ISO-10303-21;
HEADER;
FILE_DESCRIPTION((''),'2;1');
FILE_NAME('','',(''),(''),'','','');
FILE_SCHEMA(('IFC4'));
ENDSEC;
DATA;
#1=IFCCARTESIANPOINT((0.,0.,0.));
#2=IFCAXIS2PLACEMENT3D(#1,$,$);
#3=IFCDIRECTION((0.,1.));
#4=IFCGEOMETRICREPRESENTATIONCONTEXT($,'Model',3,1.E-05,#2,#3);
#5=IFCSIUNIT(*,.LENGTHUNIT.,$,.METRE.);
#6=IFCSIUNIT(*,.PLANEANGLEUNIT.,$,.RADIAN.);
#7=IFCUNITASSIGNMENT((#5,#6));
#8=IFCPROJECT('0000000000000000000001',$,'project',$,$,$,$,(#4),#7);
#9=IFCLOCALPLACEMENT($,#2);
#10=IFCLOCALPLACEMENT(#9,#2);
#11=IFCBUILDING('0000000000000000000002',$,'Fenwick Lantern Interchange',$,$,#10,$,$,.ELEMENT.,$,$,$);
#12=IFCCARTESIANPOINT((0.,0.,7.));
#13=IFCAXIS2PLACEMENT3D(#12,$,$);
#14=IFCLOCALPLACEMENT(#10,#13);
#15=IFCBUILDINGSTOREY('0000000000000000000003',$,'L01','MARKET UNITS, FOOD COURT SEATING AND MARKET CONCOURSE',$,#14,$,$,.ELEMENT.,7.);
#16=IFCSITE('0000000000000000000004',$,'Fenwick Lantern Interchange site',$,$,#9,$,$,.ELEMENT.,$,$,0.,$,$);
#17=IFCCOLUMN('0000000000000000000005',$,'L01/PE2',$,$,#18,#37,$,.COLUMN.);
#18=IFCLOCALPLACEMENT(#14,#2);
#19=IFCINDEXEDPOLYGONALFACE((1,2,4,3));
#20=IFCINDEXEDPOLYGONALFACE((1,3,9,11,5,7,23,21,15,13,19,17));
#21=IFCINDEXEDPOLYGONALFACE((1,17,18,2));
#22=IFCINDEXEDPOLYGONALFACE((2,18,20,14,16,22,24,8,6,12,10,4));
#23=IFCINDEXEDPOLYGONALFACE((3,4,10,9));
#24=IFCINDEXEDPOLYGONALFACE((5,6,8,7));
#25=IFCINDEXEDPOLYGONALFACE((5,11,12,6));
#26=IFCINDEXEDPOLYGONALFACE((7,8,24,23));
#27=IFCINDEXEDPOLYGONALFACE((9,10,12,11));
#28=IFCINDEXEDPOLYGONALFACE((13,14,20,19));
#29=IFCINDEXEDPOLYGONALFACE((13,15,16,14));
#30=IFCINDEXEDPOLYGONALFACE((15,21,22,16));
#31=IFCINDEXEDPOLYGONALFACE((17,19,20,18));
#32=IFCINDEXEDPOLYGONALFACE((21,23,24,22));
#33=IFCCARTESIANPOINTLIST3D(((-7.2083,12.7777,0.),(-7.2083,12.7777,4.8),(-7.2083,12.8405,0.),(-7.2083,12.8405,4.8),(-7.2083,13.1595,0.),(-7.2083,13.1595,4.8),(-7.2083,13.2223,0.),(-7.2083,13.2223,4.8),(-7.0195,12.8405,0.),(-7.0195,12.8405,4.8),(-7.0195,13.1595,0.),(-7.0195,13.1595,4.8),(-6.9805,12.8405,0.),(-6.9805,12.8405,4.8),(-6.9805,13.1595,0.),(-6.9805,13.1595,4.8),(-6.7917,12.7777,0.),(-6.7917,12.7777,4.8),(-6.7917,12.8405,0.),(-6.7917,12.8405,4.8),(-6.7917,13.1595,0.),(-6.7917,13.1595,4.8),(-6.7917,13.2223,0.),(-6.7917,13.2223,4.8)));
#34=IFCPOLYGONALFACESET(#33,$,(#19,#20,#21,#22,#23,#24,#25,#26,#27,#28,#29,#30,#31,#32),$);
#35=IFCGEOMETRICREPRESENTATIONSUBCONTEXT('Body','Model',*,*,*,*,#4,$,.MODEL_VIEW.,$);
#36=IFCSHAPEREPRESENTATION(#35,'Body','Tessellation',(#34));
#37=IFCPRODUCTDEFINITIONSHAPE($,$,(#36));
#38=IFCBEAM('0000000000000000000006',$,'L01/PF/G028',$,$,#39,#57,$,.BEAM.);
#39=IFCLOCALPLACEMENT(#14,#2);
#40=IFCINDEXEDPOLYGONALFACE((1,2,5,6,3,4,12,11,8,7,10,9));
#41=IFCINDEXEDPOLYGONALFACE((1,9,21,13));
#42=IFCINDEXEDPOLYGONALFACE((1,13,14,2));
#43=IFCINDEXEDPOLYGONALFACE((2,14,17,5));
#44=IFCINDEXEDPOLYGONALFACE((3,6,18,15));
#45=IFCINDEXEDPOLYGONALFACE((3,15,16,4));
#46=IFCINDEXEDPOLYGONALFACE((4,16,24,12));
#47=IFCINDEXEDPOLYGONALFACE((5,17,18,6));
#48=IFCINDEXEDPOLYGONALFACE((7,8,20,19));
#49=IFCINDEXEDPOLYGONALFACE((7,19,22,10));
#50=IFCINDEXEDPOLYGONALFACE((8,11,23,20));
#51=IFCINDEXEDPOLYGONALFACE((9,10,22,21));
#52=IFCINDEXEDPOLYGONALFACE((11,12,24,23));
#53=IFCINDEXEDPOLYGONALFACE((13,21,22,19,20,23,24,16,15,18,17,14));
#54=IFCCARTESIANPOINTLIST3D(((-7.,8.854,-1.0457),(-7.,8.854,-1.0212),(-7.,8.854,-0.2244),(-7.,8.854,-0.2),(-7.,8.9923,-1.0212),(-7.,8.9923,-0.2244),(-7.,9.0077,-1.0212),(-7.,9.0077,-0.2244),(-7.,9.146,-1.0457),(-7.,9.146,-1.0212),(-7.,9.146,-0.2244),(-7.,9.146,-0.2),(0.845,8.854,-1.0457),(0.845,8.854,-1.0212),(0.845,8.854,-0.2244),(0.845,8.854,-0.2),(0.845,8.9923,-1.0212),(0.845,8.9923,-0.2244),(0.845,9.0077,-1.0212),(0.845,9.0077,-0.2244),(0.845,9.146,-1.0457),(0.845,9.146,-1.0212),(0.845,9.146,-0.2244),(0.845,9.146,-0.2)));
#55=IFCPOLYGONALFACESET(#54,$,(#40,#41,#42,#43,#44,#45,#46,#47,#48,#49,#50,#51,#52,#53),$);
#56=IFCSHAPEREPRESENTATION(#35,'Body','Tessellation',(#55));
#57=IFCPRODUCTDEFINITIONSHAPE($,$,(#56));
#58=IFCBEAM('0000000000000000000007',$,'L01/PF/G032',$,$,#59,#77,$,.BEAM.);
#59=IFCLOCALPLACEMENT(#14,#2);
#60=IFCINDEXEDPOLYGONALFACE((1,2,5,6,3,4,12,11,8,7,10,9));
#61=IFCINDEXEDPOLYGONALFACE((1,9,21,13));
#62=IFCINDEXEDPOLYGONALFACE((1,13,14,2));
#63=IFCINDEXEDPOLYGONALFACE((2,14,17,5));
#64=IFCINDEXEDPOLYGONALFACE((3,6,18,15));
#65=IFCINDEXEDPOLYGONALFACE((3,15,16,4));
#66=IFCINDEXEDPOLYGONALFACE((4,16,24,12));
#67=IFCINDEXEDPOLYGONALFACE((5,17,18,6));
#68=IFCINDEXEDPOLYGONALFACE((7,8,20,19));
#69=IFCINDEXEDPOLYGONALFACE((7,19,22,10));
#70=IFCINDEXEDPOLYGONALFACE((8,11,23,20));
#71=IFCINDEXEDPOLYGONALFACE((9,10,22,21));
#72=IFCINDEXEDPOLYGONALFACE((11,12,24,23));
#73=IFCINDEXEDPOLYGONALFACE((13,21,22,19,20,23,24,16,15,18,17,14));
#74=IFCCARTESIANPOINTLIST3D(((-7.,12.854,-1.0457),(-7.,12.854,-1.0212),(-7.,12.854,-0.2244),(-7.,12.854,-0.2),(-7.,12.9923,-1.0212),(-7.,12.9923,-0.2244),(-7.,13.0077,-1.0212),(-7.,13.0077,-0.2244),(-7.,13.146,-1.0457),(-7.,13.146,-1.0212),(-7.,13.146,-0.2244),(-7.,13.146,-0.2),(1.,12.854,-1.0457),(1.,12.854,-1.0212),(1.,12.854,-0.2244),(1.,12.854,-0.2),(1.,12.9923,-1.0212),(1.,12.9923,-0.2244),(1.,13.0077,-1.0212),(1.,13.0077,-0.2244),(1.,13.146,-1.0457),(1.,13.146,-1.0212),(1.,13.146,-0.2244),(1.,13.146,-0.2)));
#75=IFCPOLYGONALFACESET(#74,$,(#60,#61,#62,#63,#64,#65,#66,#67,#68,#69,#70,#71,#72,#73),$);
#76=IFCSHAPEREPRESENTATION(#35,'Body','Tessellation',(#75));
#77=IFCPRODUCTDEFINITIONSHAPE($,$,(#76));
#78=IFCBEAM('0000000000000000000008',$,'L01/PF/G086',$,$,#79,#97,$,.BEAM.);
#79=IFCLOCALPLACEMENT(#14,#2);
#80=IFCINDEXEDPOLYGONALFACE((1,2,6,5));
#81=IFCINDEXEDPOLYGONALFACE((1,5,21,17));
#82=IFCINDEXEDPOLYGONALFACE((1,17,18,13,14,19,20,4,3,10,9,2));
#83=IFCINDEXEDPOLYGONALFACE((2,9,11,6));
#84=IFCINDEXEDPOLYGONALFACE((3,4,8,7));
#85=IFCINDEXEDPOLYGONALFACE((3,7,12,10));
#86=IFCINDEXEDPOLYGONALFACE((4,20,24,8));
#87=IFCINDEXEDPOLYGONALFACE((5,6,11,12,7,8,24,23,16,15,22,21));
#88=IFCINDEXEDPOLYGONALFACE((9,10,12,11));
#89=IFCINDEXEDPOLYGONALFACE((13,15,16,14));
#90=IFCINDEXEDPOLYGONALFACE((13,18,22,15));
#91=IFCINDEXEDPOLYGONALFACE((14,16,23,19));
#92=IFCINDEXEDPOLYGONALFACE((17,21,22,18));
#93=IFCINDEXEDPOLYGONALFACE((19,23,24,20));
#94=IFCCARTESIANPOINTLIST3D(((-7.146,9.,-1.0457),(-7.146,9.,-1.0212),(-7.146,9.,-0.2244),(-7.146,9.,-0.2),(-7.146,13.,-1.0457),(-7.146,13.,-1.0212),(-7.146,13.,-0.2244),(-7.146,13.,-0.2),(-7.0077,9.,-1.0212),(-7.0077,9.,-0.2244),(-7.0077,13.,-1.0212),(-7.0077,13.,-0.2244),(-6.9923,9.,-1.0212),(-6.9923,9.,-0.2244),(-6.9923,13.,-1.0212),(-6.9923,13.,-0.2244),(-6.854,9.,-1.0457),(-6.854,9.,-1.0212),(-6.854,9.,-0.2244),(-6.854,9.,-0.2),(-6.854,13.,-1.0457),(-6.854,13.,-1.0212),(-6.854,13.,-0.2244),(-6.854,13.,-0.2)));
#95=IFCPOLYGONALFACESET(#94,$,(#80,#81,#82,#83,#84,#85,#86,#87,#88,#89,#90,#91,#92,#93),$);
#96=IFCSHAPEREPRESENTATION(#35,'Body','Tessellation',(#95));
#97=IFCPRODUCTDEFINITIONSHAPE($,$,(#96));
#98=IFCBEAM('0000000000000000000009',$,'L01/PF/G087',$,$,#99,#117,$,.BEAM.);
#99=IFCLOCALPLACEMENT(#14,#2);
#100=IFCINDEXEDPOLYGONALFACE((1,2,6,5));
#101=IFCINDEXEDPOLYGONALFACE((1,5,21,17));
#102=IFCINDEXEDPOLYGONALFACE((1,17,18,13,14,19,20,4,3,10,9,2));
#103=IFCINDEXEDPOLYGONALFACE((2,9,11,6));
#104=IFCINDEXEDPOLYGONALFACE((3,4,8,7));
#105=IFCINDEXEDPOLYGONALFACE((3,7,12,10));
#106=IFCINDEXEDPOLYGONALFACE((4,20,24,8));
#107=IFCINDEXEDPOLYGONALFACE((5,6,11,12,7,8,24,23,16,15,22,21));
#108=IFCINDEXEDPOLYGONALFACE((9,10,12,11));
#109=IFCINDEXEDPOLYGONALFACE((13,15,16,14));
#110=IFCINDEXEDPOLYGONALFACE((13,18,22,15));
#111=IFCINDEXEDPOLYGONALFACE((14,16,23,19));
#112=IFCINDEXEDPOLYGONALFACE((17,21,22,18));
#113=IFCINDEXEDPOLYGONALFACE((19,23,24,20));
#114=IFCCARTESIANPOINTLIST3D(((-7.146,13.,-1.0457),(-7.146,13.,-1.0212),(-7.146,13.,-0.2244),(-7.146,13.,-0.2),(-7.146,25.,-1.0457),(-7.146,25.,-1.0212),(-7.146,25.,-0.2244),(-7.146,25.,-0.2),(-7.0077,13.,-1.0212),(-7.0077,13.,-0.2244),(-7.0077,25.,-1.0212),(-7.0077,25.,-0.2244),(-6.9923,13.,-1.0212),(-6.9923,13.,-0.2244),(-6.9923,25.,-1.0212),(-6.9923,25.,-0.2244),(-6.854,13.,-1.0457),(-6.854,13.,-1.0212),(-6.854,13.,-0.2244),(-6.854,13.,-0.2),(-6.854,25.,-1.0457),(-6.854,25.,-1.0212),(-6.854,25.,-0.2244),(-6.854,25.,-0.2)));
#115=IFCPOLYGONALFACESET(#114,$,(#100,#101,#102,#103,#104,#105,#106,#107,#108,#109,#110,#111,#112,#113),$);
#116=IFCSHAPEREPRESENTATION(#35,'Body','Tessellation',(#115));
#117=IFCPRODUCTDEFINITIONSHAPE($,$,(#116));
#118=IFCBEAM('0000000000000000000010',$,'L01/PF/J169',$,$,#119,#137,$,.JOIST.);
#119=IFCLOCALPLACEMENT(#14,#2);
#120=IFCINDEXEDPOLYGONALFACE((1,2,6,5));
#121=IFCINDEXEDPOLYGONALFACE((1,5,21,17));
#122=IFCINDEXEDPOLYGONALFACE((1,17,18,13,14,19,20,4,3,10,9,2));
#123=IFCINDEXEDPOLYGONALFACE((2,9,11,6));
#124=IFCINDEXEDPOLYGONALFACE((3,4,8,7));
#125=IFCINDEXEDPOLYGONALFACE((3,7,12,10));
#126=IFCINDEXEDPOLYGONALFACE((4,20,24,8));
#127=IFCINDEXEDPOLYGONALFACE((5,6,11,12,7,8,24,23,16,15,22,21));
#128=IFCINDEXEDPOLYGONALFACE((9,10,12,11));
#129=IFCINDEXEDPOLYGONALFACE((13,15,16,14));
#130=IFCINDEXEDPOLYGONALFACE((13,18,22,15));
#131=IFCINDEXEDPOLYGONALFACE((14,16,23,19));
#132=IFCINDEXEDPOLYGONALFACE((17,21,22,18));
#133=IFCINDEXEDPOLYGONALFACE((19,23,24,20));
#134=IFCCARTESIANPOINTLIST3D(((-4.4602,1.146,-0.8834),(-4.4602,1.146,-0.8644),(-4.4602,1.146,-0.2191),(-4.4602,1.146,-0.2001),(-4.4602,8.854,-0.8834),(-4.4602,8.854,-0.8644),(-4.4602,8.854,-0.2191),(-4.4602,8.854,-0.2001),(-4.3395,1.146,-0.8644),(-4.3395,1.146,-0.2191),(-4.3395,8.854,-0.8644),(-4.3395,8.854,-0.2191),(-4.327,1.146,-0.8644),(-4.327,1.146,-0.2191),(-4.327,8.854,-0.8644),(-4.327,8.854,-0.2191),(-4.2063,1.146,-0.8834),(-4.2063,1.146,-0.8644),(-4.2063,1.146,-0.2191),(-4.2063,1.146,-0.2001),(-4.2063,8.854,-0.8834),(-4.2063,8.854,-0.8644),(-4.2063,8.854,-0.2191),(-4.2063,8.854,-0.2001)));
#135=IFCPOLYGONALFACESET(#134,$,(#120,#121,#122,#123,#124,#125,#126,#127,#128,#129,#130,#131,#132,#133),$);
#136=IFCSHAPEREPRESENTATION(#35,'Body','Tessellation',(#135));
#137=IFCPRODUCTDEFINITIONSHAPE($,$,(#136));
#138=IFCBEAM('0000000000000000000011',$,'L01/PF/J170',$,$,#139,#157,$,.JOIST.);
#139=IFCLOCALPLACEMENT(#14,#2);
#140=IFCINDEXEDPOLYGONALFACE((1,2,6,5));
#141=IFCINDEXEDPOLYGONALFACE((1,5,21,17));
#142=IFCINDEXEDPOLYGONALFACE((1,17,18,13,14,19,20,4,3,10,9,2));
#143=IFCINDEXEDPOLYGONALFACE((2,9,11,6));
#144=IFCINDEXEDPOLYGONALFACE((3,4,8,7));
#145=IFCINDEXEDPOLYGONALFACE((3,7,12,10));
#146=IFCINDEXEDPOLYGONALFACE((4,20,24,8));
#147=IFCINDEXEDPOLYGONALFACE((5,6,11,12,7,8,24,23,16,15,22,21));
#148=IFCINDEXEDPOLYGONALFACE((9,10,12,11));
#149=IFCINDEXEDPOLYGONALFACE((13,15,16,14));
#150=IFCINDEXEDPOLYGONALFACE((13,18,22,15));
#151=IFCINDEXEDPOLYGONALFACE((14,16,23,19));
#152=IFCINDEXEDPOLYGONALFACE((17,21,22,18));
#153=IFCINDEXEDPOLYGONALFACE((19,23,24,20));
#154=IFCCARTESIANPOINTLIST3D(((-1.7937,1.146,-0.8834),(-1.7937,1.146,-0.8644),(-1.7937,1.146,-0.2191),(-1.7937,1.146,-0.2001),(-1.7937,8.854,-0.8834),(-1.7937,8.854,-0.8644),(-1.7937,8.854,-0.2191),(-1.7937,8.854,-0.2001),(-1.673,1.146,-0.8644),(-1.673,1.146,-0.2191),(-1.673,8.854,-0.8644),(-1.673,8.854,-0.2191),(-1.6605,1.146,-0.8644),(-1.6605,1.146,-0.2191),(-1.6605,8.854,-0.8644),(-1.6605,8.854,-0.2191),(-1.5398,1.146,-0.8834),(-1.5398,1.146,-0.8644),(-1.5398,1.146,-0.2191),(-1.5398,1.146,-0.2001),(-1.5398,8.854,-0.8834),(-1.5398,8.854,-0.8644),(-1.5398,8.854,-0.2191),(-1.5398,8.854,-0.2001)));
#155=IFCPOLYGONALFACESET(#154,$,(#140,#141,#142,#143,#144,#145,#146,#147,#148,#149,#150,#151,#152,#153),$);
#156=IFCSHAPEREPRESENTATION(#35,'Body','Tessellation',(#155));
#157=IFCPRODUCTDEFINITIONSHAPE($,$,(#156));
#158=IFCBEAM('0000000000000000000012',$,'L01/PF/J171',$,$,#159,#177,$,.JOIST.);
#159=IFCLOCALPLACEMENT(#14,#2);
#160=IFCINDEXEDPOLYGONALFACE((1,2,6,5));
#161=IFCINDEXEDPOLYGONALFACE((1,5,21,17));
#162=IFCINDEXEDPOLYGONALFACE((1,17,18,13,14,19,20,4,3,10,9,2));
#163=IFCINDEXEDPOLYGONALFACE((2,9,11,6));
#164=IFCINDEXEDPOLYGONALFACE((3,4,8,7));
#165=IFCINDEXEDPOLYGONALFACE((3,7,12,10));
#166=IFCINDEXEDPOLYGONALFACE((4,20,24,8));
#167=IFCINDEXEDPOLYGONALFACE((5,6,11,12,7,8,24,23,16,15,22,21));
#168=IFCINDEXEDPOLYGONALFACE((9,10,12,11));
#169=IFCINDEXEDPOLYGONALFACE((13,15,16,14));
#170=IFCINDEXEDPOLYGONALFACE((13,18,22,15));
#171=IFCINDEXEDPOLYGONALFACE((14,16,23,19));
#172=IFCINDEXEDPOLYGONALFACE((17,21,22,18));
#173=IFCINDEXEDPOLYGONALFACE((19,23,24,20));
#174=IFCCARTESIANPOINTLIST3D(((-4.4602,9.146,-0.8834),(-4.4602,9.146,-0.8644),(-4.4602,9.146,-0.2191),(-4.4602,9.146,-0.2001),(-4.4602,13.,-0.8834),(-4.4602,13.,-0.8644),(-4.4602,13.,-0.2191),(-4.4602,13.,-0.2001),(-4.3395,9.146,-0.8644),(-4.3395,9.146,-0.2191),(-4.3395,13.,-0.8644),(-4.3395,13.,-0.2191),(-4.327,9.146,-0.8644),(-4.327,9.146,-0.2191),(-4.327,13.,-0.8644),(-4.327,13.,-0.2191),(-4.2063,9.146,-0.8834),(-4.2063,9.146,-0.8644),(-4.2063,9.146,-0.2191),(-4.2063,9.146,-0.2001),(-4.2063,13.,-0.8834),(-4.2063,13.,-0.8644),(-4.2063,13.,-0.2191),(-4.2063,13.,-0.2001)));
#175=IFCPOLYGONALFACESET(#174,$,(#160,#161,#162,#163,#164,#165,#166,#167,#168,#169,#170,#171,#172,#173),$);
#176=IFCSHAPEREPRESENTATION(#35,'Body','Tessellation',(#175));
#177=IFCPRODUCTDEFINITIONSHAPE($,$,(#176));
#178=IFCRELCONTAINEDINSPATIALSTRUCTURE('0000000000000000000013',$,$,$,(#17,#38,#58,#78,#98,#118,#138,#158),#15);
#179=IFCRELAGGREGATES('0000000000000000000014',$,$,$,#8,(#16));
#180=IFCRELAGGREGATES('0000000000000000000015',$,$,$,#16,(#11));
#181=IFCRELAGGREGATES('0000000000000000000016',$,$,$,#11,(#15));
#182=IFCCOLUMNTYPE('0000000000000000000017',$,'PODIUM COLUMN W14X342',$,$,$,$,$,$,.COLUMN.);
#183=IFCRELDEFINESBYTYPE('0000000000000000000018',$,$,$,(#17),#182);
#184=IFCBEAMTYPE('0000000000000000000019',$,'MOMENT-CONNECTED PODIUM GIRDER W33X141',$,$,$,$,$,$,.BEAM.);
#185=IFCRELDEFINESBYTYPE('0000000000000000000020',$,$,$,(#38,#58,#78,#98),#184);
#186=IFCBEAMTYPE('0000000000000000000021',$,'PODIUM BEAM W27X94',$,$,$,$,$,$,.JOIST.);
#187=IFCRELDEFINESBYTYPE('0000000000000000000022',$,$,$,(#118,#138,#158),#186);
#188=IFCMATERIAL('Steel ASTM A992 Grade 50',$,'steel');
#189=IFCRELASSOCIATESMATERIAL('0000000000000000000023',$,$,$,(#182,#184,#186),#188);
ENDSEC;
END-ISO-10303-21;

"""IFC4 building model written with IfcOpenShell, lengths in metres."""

from ifc_helpers import new_model, si_unit, direction, frame, origin, origin_2d, place, context, subcontext, project, spatial, i_section, extrude, material, material_profile, profile_set, type_object, element, save


model = new_model("IFC4")

# Units and contexts
model_context = context("Model", 3, precision=1e-05, world=origin(), true_north=direction((0.0, 1.0)))
body_context = subcontext(model_context, "Body", "Model", "MODEL_VIEW")
ifc_project = project(units=[si_unit("LENGTHUNIT", "METRE"), si_unit("PLANEANGLEUNIT", "RADIAN")], contexts=[model_context])

# Site, building, storey
site_placement = place(None, origin())
site = spatial("IfcSite", under=ifc_project, at=site_placement, Name="Fenwick Lantern Interchange site", CompositionType="ELEMENT", RefElevation=0.0)
building_placement = place(site_placement, origin())
building = spatial("IfcBuilding", under=site, at=building_placement, Name="Fenwick Lantern Interchange", CompositionType="ELEMENT")
storey_placement = place(building_placement, frame((0.0, 0.0, 7.0)))
storey = spatial("IfcBuildingStorey", under=building, at=storey_placement, Name="L01", Description="MARKET UNITS, FOOD COURT SEATING AND MARKET CONCOURSE", CompositionType="ELEMENT", Elevation=7.0)

# Column
ifc_material_1 = material(Name="Steel ASTM A992 Grade 50", Category="steel")
ifc_material_profile_1 = material_profile(ifc_material_1, i_section(OverallWidth=0.4165, OverallDepth=0.4446, WebThickness=0.0391, FlangeThickness=0.0627, at=origin_2d()), Name="W14X342")
ifc_profile_set_1 = profile_set([ifc_material_profile_1], Name="Steel ASTM A992 Grade 50")
column_type = type_object("IfcColumnType", Name="PODIUM COLUMN W14X342", PredefinedType="COLUMN", material=ifc_profile_set_1)
column_placement = place(storey_placement, frame((-7.0, 13.0, 0.0), z_axis=(0.0, 0.0, 1.0), x_axis=(1.0, 0.0, 0.0)))
element("IfcColumn", 1, at=column_placement, inside=storey, type_object=column_type, Name="L01/PE2", PredefinedType="COLUMN", context=body_context, shape_type="SweptSolid", body=[
    extrude(i_section(OverallWidth=0.4165, OverallDepth=0.4446, WebThickness=0.0391, FlangeThickness=0.0627, at=origin_2d()), origin(), (0.0, 0.0, 1.0), 4.8),
])

# Beams
ifc_material_profile_2 = material_profile(ifc_material_1, i_section(OverallWidth=0.292, OverallDepth=0.8457, WebThickness=0.0154, FlangeThickness=0.0244, at=origin_2d()), Name="W33X141")
ifc_profile_set_2 = profile_set([ifc_material_profile_2], Name="Steel ASTM A992 Grade 50")
beam_type_1 = type_object("IfcBeamType", Name="MOMENT-CONNECTED PODIUM GIRDER W33X141", PredefinedType="BEAM", material=ifc_profile_set_2)
beam_1_placement = place(storey_placement, frame((-7.0, 9.0, -0.6228), z_axis=(1.0, 0.0, 0.0), x_axis=(0.0, 1.0, 0.0)))
element("IfcBeam", 2, at=beam_1_placement, inside=storey, type_object=beam_type_1, Name="L01/PF/G028", PredefinedType="BEAM", context=body_context, shape_type="SweptSolid", body=[
    extrude(i_section(OverallWidth=0.292, OverallDepth=0.8457, WebThickness=0.0154, FlangeThickness=0.0244, at=origin_2d()), origin(), (0.0, 0.0, 1.0), 7.845),
])
beam_2_placement = place(storey_placement, frame((-7.0, 13.0, -0.6228), z_axis=(1.0, 0.0, 0.0), x_axis=(0.0, 1.0, 0.0)))
element("IfcBeam", 3, at=beam_2_placement, inside=storey, type_object=beam_type_1, Name="L01/PF/G032", PredefinedType="BEAM", context=body_context, shape_type="SweptSolid", body=[
    extrude(i_section(OverallWidth=0.292, OverallDepth=0.8457, WebThickness=0.0154, FlangeThickness=0.0244, at=origin_2d()), origin(), (0.0, 0.0, 1.0), 8.0),
])
beam_3_placement = place(storey_placement, frame((-7.0, 9.0, -0.6228), z_axis=(0.0, 1.0, 0.0), x_axis=(-1.0, 0.0, 0.0)))
element("IfcBeam", 4, at=beam_3_placement, inside=storey, type_object=beam_type_1, Name="L01/PF/G086", PredefinedType="BEAM", context=body_context, shape_type="SweptSolid", body=[
    extrude(i_section(OverallWidth=0.292, OverallDepth=0.8457, WebThickness=0.0154, FlangeThickness=0.0244, at=origin_2d()), origin(), (0.0, 0.0, 1.0), 4.0),
])
beam_4_placement = place(storey_placement, frame((-7.0, 13.0, -0.6228), z_axis=(0.0, 1.0, 0.0), x_axis=(-1.0, 0.0, 0.0)))
element("IfcBeam", 5, at=beam_4_placement, inside=storey, type_object=beam_type_1, Name="L01/PF/G087", PredefinedType="BEAM", context=body_context, shape_type="SweptSolid", body=[
    extrude(i_section(OverallWidth=0.292, OverallDepth=0.8457, WebThickness=0.0154, FlangeThickness=0.0244, at=origin_2d()), origin(), (0.0, 0.0, 1.0), 12.0),
])
ifc_material_profile_3 = material_profile(ifc_material_1, i_section(OverallWidth=0.2539, OverallDepth=0.6833, WebThickness=0.0125, FlangeThickness=0.019, at=origin_2d()), Name="W27X94")
ifc_profile_set_3 = profile_set([ifc_material_profile_3], Name="Steel ASTM A992 Grade 50")
beam_type_2 = type_object("IfcBeamType", Name="PODIUM BEAM W27X94", PredefinedType="JOIST", material=ifc_profile_set_3)
for number, where, z_axis, x_axis, name in (
    (6, (-4.3333, 1.146, -0.5417), (0.0, 1.0, 0.0), (-1.0, 0.0, 0.0), "L01/PF/J169"),
    (7, (-1.6667, 1.146, -0.5417), (0.0, 1.0, 0.0), (-1.0, 0.0, 0.0), "L01/PF/J170"),
):
    element("IfcBeam", number, at=place(storey_placement, frame(where, z_axis=z_axis, x_axis=x_axis)), inside=storey, type_object=beam_type_2, Name=name, PredefinedType="JOIST", context=body_context, shape_type="SweptSolid", body=[
        extrude(i_section(OverallWidth=0.2539, OverallDepth=0.6833, WebThickness=0.0125, FlangeThickness=0.019, at=origin_2d()), origin(), (0.0, 0.0, 1.0), 7.708),
    ])
beam_5_placement = place(storey_placement, frame((-4.3333, 9.146, -0.5417), z_axis=(0.0, 1.0, 0.0), x_axis=(-1.0, 0.0, 0.0)))
element("IfcBeam", 8, at=beam_5_placement, inside=storey, type_object=beam_type_2, Name="L01/PF/J171", PredefinedType="JOIST", context=body_context, shape_type="SweptSolid", body=[
    extrude(i_section(OverallWidth=0.2539, OverallDepth=0.6833, WebThickness=0.0125, FlangeThickness=0.019, at=origin_2d()), origin(), (0.0, 0.0, 1.0), 3.854),
])

save(model, "model.ifc")
